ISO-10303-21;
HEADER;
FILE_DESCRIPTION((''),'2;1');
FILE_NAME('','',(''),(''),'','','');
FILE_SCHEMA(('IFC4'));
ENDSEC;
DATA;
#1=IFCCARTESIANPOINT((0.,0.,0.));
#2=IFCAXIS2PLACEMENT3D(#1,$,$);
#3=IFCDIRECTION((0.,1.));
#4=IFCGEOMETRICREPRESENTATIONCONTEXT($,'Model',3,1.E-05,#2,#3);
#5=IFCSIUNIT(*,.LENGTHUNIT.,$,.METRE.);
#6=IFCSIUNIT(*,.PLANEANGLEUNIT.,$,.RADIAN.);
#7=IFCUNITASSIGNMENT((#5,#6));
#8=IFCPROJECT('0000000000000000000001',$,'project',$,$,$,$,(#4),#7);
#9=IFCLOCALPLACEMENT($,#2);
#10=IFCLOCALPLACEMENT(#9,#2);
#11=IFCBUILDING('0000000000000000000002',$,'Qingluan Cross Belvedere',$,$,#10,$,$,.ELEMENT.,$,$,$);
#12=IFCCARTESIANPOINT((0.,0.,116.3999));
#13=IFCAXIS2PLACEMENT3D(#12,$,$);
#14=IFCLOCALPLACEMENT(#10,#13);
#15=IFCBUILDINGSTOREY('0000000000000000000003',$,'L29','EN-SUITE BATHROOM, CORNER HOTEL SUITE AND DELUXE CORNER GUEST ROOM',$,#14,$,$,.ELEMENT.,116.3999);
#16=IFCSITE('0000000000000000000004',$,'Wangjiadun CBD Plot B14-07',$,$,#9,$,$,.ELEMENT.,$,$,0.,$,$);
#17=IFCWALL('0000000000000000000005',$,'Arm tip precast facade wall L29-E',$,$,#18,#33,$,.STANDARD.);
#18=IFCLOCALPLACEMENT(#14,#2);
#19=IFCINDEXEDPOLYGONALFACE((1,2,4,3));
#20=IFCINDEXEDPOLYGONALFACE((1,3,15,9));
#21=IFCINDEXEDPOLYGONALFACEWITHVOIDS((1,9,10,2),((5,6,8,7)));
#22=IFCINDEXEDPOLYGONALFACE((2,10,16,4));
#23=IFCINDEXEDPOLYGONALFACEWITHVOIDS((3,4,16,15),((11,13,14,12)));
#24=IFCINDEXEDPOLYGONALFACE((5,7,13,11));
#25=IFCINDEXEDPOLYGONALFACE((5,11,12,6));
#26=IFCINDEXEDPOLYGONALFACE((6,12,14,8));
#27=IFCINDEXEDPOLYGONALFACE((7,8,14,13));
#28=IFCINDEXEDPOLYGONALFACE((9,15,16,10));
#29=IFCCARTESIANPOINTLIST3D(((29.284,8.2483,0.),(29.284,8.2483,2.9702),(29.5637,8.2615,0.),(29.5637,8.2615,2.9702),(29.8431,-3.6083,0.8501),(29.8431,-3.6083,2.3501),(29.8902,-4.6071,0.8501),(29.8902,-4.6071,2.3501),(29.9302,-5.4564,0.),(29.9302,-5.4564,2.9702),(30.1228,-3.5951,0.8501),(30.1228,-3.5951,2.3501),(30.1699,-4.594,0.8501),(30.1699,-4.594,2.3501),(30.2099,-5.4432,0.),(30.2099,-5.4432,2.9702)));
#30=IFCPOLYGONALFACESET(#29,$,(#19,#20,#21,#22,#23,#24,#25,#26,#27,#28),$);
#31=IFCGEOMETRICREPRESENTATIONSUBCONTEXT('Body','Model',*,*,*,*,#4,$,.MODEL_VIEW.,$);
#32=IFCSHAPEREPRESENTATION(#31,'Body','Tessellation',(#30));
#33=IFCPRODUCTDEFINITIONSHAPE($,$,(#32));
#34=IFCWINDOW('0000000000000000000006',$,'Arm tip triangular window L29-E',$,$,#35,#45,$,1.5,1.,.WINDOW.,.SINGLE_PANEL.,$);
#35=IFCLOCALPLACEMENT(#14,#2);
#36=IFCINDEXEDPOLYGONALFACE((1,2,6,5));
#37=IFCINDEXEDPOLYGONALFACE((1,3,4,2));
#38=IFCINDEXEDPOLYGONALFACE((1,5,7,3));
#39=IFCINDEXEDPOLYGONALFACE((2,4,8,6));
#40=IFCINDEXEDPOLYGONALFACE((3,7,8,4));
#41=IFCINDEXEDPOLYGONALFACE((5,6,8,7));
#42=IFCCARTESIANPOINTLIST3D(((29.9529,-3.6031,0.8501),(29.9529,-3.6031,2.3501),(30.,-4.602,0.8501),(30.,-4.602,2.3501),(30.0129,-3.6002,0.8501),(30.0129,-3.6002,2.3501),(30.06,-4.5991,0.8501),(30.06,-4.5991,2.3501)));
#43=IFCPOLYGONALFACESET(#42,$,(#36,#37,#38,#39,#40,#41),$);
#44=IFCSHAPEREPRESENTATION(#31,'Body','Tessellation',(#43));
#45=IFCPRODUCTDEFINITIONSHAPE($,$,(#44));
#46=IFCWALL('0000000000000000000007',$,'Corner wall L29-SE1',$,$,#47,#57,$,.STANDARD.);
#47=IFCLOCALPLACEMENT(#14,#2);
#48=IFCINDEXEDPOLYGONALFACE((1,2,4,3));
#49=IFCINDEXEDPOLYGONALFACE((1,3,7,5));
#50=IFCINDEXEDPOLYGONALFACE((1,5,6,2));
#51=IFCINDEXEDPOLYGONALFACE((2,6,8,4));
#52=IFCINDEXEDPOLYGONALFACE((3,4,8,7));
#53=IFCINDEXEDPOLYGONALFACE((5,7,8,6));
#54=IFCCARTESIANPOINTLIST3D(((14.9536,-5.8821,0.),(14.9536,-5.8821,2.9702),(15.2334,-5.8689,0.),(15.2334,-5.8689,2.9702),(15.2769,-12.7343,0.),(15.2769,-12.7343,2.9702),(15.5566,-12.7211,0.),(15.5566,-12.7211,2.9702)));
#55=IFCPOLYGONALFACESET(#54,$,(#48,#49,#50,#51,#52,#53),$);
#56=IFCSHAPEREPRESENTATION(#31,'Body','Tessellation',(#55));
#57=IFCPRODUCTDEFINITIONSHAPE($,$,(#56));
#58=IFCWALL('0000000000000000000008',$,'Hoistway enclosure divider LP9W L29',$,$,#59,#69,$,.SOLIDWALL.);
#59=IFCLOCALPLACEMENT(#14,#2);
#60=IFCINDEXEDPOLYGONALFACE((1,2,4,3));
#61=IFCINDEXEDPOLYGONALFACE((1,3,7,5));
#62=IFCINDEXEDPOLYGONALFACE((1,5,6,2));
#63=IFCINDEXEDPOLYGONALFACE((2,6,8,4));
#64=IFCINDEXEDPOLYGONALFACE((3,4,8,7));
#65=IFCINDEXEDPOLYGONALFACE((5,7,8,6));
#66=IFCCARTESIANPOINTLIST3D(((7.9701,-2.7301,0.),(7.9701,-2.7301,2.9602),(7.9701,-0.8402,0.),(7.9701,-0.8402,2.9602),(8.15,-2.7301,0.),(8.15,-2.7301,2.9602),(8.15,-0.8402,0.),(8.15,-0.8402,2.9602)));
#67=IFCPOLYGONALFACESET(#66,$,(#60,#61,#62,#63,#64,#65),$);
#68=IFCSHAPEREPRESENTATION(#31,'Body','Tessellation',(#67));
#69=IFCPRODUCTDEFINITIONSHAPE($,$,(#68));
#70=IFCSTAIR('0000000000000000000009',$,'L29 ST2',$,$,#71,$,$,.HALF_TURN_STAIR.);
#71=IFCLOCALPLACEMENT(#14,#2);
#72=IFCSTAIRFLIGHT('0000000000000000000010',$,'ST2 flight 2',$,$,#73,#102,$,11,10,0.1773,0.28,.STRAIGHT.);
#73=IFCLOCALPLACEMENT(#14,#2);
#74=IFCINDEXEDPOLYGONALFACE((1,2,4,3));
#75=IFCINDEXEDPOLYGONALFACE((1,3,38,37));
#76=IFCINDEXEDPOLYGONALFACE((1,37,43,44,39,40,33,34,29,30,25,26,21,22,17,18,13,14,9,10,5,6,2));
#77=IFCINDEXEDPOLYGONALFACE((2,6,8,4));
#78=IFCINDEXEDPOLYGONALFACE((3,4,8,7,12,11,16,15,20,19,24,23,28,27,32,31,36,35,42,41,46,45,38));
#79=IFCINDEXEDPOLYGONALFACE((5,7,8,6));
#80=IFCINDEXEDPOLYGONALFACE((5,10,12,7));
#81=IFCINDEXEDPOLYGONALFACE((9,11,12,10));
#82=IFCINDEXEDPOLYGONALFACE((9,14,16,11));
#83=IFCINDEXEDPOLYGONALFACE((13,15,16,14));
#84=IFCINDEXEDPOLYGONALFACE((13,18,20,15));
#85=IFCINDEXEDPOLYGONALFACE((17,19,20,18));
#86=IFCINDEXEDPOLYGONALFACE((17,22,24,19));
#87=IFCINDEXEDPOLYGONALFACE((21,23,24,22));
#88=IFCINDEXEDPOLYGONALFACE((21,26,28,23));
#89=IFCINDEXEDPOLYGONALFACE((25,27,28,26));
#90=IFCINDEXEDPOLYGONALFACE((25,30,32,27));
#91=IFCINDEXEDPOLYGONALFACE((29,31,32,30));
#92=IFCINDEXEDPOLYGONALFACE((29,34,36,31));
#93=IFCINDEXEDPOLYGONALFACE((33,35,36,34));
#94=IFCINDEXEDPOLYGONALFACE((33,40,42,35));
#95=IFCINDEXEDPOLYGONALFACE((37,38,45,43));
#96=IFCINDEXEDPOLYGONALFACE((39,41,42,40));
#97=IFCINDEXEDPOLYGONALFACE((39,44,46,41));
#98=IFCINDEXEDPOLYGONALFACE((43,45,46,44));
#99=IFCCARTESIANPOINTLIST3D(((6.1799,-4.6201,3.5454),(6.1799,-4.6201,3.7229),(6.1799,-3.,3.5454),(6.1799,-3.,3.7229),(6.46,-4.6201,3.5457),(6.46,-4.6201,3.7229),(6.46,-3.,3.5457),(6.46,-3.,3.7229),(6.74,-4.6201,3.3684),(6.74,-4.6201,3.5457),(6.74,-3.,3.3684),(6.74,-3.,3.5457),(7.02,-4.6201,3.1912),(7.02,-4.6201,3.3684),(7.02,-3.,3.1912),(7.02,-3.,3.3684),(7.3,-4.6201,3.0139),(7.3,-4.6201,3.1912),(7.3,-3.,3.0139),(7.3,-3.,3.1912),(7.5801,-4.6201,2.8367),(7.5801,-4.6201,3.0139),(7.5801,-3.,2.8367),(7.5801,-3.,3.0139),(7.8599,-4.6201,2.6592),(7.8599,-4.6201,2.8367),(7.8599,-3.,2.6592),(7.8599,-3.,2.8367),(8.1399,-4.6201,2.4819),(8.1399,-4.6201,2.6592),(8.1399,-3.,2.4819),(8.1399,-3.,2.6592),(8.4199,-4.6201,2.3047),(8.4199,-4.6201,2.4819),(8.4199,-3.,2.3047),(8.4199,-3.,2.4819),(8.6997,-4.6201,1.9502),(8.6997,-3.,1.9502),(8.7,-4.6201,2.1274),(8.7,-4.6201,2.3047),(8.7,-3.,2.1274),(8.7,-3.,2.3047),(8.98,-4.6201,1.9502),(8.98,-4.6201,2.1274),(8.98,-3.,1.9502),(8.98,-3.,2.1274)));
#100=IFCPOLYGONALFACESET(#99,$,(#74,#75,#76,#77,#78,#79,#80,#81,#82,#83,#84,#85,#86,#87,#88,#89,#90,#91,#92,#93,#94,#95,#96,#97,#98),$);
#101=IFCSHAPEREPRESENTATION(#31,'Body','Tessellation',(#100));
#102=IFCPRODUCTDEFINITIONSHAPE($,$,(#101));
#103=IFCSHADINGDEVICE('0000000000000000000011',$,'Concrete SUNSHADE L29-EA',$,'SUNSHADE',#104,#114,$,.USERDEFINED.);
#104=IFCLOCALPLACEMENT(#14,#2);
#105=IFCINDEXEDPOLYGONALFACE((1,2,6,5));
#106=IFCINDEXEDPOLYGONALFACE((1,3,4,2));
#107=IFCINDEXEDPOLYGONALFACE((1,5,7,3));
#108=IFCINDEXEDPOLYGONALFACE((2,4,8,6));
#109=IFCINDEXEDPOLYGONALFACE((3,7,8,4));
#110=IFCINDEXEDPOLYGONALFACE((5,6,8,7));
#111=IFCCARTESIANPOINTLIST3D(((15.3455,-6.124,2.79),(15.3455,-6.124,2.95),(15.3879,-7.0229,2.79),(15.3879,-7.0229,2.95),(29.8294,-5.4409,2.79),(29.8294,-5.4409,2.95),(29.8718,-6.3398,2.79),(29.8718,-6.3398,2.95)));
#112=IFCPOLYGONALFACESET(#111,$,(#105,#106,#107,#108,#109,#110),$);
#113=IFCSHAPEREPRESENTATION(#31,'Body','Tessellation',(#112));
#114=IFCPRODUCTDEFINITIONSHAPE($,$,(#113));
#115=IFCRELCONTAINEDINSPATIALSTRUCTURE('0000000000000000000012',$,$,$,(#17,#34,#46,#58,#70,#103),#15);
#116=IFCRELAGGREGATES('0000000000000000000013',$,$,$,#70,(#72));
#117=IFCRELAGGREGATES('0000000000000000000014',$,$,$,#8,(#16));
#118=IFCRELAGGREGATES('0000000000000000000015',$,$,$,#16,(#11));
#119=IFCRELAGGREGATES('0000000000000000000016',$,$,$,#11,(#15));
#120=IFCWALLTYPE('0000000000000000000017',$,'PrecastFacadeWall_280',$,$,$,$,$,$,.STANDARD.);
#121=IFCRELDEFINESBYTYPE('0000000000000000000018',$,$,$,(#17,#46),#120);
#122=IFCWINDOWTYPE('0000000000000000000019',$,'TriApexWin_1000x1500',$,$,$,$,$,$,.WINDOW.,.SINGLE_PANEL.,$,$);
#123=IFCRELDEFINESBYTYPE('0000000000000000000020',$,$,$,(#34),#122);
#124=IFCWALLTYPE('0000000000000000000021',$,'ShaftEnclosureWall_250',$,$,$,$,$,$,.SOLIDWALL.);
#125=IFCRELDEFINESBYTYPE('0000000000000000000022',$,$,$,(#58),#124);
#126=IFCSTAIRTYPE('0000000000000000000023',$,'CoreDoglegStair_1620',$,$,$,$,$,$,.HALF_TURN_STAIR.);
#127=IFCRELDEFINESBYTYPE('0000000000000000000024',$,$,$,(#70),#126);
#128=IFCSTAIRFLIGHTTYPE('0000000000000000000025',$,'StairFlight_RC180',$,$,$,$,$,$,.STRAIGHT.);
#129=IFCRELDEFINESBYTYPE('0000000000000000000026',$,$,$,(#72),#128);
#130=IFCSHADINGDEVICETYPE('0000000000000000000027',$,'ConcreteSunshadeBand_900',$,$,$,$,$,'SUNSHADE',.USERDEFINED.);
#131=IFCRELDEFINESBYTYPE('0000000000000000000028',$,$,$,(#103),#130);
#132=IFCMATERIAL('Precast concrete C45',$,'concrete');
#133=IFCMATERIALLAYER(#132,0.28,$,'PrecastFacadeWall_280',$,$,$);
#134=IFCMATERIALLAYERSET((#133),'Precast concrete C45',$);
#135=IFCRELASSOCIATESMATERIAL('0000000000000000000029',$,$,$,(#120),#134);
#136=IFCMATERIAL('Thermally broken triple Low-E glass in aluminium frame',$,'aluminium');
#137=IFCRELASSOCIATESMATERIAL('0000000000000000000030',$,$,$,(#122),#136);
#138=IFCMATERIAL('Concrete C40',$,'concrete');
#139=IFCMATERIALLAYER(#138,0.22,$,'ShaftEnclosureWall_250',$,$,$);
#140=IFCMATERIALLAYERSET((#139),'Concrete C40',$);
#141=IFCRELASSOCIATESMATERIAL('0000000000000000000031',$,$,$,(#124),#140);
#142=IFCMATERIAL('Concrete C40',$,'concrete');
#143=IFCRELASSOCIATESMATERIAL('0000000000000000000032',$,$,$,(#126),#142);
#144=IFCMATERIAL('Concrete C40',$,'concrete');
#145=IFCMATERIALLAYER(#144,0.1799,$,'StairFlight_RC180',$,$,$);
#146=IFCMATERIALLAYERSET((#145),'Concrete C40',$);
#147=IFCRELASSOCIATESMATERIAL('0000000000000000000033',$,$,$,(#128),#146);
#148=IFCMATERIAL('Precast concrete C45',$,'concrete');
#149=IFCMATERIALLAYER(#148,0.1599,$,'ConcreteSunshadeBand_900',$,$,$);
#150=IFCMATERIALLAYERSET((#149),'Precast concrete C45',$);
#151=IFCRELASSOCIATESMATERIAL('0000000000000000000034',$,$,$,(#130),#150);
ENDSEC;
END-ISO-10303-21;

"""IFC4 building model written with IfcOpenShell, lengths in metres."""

from ifc_helpers import new_model, si_unit, direction, frame, frame_2d, origin, origin_2d, place, context, subcontext, project, spatial, polyline, rectangle, outline, extrude, material, layer, layer_set, type_object, element, fill, aggregate, save


model = new_model("IFC4")

# Units and contexts
model_context = context("Model", 3, precision=1e-05, world=origin(), true_north=direction((0.0, 1.0)))
body_context = subcontext(model_context, "Body", "Model", "MODEL_VIEW")
ifc_project = project(units=[si_unit("LENGTHUNIT", "METRE"), si_unit("PLANEANGLEUNIT", "RADIAN")], contexts=[model_context])

# Site, building, storey
site_placement = place(None, origin())
site = spatial("IfcSite", under=ifc_project, at=site_placement, Name="Wangjiadun CBD Plot B14-07", CompositionType="ELEMENT", RefElevation=0.0)
building_placement = place(site_placement, origin())
building = spatial("IfcBuilding", under=site, at=building_placement, Name="Qingluan Cross Belvedere", CompositionType="ELEMENT")
storey_placement = place(building_placement, frame((0.0, 0.0, 116.3999)))
storey = spatial("IfcBuildingStorey", under=building, at=storey_placement, Name="L29", Description="EN-SUITE BATHROOM, CORNER HOTEL SUITE AND DELUXE CORNER GUEST ROOM", CompositionType="ELEMENT", Elevation=116.3999)

# Shared definitions
ifc_material_1 = material(Name="Precast concrete C45", Category="concrete")
ifc_layer_1 = layer(ifc_material_1, 0.28, Name="PrecastFacadeWall_280")
ifc_layer_set_1 = layer_set([ifc_layer_1], Name="Precast concrete C45")
wall_type_1 = type_object("IfcWallType", Name="PrecastFacadeWall_280", PredefinedType="STANDARD", material=ifc_layer_set_1)

# Wall, opening, window
wall_1_placement = place(storey_placement, frame((30.0701, -5.4497, 0.0), z_axis=(0.0, 0.0, 1.0), x_axis=(-0.047102, 0.99889, 0.0)))
wall_1 = element("IfcWall", 1, at=wall_1_placement, inside=storey, type_object=wall_type_1, Name="Arm tip precast facade wall L29-E", PredefinedType="STANDARD", context=body_context, shape_type="SweptSolid", body=[
    extrude(rectangle(XDim=13.72, YDim=0.28, at=frame_2d((6.8599, 0.0))), origin(), (0.0, 0.0, 1.0), 2.9702),
])
opening_1_placement = place(wall_1_placement, frame((0.8501, 0.0, 0.8501)))
opening_1 = element("IfcOpeningElement", 2, at=opening_1_placement, cuts=wall_1, PredefinedType="OPENING", context=body_context, shape_type="SweptSolid", body=[
    extrude(rectangle(XDim=1.0, YDim=1.5, at=frame_2d((0.5, 0.75))), frame((0.0, 0.1499, 0.0), z_axis=(0.0, -1.0, 0.0), x_axis=(1.0, 0.0, 0.0)), (0.0, 0.0, 1.0), 0.3),
])
ifc_material_2 = material(Name="Thermally broken triple Low-E glass in aluminium frame", Category="aluminium")
window_type_1 = type_object("IfcWindowType", Name="TriApexWin_1000x1500", PartitioningType="SINGLE_PANEL", PredefinedType="WINDOW", material=ifc_material_2)
window_1_placement = place(opening_1_placement, origin())
window_1 = element("IfcWindow", 3, at=window_1_placement, inside=storey, type_object=window_type_1, Name="Arm tip triangular window L29-E", OverallHeight=1.5, OverallWidth=1.0, PartitioningType="SINGLE_PANEL", PredefinedType="WINDOW", context=body_context, shape_type="SweptSolid", body=[
    extrude(rectangle(XDim=1.0, YDim=1.5, at=frame_2d((0.5, 0.75))), frame((0.0, 0.03, 0.0), z_axis=(0.0, -1.0, 0.0), x_axis=(1.0, 0.0, 0.0)), (0.0, 0.0, 1.0), 0.0601),
])
fill(opening_1, window_1)

# Walls
wall_2_placement = place(storey_placement, frame((15.0935, -5.8755, 0.0), z_axis=(0.0, 0.0, 1.0), x_axis=(0.04712, -0.998889, 0.0)))
element("IfcWall", 4, at=wall_2_placement, inside=storey, type_object=wall_type_1, Name="Corner wall L29-SE1", PredefinedType="STANDARD", context=body_context, shape_type="SweptSolid", body=[
    extrude(rectangle(XDim=6.8599, YDim=0.28, at=frame_2d((3.4299, 0.0))), origin(), (0.0, 0.0, 1.0), 2.9702),
])
ifc_material_3 = material(Name="Concrete C40", Category="concrete")
ifc_layer_2 = layer(ifc_material_3, 0.22, Name="ShaftEnclosureWall_250")
ifc_layer_set_2 = layer_set([ifc_layer_2], Name="Concrete C40")
wall_type_2 = type_object("IfcWallType", Name="ShaftEnclosureWall_250", PredefinedType="SOLIDWALL", material=ifc_layer_set_2)
wall_3_placement = place(storey_placement, frame((8.0601, -2.73, 0.0), z_axis=(0.0, 0.0, 1.0), x_axis=(0.0, 1.0, 0.0)))
element("IfcWall", 5, at=wall_3_placement, inside=storey, type_object=wall_type_2, Name="Hoistway enclosure divider LP9W L29", PredefinedType="SOLIDWALL", context=body_context, shape_type="SweptSolid", body=[
    extrude(rectangle(XDim=1.8899, YDim=0.1799, at=frame_2d((0.9448, 0.0))), origin(), (0.0, 0.0, 1.0), 2.9602),
])

# Stair, stair flight
ifc_material_4 = material(Name="Concrete C40", Category="concrete")
stair_type = type_object("IfcStairType", Name="CoreDoglegStair_1620", PredefinedType="HALF_TURN_STAIR", material=ifc_material_4)
stair_placement = place(storey_placement, origin())
stair = element("IfcStair", 6, at=stair_placement, inside=storey, type_object=stair_type, Name="L29 ST2", PredefinedType="HALF_TURN_STAIR")
ifc_material_5 = material(Name="Concrete C40", Category="concrete")
ifc_layer_3 = layer(ifc_material_5, 0.1799, Name="StairFlight_RC180")
ifc_layer_set_3 = layer_set([ifc_layer_3], Name="Concrete C40")
stair_flight_type = type_object("IfcStairFlightType", Name="StairFlight_RC180", PredefinedType="STRAIGHT", material=ifc_layer_set_3)
stair_flight_placement = place(storey_placement, frame((8.98, -3.8101, 1.9502), z_axis=(0.0, 0.0, 1.0), x_axis=(-1.0, 0.0, 0.0)))
stair_flight = element("IfcStairFlight", 7, at=stair_flight_placement, type_object=stair_flight_type, Name="ST2 flight 2", NumberOfRisers=11, NumberOfTreads=10, PredefinedType="STRAIGHT", RiserHeight=0.1773, TreadLength=0.28, context=body_context, shape_type="SweptSolid", body=[
    extrude(outline(polyline([(0.0, 0.0), (0.0, 0.1772), (0.28, 0.1772), (0.28, 0.3545), (0.5601, 0.3545), (0.5601, 0.5317), (0.8401, 0.5317), (0.8401, 0.709), (1.1201, 0.709), (1.1201, 0.8865), (1.3999, 0.8865), (1.3999, 1.0637), (1.6799, 1.0637), (1.6799, 1.241), (1.96, 1.241), (1.96, 1.4182), (2.24, 1.4182), (2.24, 1.5955), (2.52, 1.5955), (2.52, 1.7727), (2.8, 1.7727), (2.8, 1.95), (2.8, 1.5952), (0.2803, 0.0), (0.0, 0.0)])), frame((0.0, 0.8101, 0.0), z_axis=(0.0, -1.0, 0.0), x_axis=(1.0, 0.0, 0.0)), (0.0, 0.0, 1.0), 1.6201),
])
aggregate(stair, [stair_flight])

# Shading device
ifc_material_6 = material(Name="Precast concrete C45", Category="concrete")
ifc_layer_4 = layer(ifc_material_6, 0.1599, Name="ConcreteSunshadeBand_900")
ifc_layer_set_4 = layer_set([ifc_layer_4], Name="Precast concrete C45")
shading_device_type = type_object("IfcShadingDeviceType", Name="ConcreteSunshadeBand_900", ElementType="SUNSHADE", PredefinedType="USERDEFINED", material=ifc_layer_set_4)
shading_device_placement = place(storey_placement, frame((22.6086, -6.2319, 2.79), z_axis=(0.0, 0.0, 1.0), x_axis=(0.99889, 0.047109, 0.0)))
element("IfcShadingDevice", 8, at=shading_device_placement, inside=storey, type_object=shading_device_type, Name="Concrete SUNSHADE L29-EA", ObjectType="SUNSHADE", PredefinedType="USERDEFINED", context=body_context, shape_type="SweptSolid", body=[
    extrude(rectangle(XDim=14.5, YDim=0.8999, at=origin_2d()), origin(), (0.0, 0.0, 1.0), 0.1599),
])

save(model, "model.ifc")
